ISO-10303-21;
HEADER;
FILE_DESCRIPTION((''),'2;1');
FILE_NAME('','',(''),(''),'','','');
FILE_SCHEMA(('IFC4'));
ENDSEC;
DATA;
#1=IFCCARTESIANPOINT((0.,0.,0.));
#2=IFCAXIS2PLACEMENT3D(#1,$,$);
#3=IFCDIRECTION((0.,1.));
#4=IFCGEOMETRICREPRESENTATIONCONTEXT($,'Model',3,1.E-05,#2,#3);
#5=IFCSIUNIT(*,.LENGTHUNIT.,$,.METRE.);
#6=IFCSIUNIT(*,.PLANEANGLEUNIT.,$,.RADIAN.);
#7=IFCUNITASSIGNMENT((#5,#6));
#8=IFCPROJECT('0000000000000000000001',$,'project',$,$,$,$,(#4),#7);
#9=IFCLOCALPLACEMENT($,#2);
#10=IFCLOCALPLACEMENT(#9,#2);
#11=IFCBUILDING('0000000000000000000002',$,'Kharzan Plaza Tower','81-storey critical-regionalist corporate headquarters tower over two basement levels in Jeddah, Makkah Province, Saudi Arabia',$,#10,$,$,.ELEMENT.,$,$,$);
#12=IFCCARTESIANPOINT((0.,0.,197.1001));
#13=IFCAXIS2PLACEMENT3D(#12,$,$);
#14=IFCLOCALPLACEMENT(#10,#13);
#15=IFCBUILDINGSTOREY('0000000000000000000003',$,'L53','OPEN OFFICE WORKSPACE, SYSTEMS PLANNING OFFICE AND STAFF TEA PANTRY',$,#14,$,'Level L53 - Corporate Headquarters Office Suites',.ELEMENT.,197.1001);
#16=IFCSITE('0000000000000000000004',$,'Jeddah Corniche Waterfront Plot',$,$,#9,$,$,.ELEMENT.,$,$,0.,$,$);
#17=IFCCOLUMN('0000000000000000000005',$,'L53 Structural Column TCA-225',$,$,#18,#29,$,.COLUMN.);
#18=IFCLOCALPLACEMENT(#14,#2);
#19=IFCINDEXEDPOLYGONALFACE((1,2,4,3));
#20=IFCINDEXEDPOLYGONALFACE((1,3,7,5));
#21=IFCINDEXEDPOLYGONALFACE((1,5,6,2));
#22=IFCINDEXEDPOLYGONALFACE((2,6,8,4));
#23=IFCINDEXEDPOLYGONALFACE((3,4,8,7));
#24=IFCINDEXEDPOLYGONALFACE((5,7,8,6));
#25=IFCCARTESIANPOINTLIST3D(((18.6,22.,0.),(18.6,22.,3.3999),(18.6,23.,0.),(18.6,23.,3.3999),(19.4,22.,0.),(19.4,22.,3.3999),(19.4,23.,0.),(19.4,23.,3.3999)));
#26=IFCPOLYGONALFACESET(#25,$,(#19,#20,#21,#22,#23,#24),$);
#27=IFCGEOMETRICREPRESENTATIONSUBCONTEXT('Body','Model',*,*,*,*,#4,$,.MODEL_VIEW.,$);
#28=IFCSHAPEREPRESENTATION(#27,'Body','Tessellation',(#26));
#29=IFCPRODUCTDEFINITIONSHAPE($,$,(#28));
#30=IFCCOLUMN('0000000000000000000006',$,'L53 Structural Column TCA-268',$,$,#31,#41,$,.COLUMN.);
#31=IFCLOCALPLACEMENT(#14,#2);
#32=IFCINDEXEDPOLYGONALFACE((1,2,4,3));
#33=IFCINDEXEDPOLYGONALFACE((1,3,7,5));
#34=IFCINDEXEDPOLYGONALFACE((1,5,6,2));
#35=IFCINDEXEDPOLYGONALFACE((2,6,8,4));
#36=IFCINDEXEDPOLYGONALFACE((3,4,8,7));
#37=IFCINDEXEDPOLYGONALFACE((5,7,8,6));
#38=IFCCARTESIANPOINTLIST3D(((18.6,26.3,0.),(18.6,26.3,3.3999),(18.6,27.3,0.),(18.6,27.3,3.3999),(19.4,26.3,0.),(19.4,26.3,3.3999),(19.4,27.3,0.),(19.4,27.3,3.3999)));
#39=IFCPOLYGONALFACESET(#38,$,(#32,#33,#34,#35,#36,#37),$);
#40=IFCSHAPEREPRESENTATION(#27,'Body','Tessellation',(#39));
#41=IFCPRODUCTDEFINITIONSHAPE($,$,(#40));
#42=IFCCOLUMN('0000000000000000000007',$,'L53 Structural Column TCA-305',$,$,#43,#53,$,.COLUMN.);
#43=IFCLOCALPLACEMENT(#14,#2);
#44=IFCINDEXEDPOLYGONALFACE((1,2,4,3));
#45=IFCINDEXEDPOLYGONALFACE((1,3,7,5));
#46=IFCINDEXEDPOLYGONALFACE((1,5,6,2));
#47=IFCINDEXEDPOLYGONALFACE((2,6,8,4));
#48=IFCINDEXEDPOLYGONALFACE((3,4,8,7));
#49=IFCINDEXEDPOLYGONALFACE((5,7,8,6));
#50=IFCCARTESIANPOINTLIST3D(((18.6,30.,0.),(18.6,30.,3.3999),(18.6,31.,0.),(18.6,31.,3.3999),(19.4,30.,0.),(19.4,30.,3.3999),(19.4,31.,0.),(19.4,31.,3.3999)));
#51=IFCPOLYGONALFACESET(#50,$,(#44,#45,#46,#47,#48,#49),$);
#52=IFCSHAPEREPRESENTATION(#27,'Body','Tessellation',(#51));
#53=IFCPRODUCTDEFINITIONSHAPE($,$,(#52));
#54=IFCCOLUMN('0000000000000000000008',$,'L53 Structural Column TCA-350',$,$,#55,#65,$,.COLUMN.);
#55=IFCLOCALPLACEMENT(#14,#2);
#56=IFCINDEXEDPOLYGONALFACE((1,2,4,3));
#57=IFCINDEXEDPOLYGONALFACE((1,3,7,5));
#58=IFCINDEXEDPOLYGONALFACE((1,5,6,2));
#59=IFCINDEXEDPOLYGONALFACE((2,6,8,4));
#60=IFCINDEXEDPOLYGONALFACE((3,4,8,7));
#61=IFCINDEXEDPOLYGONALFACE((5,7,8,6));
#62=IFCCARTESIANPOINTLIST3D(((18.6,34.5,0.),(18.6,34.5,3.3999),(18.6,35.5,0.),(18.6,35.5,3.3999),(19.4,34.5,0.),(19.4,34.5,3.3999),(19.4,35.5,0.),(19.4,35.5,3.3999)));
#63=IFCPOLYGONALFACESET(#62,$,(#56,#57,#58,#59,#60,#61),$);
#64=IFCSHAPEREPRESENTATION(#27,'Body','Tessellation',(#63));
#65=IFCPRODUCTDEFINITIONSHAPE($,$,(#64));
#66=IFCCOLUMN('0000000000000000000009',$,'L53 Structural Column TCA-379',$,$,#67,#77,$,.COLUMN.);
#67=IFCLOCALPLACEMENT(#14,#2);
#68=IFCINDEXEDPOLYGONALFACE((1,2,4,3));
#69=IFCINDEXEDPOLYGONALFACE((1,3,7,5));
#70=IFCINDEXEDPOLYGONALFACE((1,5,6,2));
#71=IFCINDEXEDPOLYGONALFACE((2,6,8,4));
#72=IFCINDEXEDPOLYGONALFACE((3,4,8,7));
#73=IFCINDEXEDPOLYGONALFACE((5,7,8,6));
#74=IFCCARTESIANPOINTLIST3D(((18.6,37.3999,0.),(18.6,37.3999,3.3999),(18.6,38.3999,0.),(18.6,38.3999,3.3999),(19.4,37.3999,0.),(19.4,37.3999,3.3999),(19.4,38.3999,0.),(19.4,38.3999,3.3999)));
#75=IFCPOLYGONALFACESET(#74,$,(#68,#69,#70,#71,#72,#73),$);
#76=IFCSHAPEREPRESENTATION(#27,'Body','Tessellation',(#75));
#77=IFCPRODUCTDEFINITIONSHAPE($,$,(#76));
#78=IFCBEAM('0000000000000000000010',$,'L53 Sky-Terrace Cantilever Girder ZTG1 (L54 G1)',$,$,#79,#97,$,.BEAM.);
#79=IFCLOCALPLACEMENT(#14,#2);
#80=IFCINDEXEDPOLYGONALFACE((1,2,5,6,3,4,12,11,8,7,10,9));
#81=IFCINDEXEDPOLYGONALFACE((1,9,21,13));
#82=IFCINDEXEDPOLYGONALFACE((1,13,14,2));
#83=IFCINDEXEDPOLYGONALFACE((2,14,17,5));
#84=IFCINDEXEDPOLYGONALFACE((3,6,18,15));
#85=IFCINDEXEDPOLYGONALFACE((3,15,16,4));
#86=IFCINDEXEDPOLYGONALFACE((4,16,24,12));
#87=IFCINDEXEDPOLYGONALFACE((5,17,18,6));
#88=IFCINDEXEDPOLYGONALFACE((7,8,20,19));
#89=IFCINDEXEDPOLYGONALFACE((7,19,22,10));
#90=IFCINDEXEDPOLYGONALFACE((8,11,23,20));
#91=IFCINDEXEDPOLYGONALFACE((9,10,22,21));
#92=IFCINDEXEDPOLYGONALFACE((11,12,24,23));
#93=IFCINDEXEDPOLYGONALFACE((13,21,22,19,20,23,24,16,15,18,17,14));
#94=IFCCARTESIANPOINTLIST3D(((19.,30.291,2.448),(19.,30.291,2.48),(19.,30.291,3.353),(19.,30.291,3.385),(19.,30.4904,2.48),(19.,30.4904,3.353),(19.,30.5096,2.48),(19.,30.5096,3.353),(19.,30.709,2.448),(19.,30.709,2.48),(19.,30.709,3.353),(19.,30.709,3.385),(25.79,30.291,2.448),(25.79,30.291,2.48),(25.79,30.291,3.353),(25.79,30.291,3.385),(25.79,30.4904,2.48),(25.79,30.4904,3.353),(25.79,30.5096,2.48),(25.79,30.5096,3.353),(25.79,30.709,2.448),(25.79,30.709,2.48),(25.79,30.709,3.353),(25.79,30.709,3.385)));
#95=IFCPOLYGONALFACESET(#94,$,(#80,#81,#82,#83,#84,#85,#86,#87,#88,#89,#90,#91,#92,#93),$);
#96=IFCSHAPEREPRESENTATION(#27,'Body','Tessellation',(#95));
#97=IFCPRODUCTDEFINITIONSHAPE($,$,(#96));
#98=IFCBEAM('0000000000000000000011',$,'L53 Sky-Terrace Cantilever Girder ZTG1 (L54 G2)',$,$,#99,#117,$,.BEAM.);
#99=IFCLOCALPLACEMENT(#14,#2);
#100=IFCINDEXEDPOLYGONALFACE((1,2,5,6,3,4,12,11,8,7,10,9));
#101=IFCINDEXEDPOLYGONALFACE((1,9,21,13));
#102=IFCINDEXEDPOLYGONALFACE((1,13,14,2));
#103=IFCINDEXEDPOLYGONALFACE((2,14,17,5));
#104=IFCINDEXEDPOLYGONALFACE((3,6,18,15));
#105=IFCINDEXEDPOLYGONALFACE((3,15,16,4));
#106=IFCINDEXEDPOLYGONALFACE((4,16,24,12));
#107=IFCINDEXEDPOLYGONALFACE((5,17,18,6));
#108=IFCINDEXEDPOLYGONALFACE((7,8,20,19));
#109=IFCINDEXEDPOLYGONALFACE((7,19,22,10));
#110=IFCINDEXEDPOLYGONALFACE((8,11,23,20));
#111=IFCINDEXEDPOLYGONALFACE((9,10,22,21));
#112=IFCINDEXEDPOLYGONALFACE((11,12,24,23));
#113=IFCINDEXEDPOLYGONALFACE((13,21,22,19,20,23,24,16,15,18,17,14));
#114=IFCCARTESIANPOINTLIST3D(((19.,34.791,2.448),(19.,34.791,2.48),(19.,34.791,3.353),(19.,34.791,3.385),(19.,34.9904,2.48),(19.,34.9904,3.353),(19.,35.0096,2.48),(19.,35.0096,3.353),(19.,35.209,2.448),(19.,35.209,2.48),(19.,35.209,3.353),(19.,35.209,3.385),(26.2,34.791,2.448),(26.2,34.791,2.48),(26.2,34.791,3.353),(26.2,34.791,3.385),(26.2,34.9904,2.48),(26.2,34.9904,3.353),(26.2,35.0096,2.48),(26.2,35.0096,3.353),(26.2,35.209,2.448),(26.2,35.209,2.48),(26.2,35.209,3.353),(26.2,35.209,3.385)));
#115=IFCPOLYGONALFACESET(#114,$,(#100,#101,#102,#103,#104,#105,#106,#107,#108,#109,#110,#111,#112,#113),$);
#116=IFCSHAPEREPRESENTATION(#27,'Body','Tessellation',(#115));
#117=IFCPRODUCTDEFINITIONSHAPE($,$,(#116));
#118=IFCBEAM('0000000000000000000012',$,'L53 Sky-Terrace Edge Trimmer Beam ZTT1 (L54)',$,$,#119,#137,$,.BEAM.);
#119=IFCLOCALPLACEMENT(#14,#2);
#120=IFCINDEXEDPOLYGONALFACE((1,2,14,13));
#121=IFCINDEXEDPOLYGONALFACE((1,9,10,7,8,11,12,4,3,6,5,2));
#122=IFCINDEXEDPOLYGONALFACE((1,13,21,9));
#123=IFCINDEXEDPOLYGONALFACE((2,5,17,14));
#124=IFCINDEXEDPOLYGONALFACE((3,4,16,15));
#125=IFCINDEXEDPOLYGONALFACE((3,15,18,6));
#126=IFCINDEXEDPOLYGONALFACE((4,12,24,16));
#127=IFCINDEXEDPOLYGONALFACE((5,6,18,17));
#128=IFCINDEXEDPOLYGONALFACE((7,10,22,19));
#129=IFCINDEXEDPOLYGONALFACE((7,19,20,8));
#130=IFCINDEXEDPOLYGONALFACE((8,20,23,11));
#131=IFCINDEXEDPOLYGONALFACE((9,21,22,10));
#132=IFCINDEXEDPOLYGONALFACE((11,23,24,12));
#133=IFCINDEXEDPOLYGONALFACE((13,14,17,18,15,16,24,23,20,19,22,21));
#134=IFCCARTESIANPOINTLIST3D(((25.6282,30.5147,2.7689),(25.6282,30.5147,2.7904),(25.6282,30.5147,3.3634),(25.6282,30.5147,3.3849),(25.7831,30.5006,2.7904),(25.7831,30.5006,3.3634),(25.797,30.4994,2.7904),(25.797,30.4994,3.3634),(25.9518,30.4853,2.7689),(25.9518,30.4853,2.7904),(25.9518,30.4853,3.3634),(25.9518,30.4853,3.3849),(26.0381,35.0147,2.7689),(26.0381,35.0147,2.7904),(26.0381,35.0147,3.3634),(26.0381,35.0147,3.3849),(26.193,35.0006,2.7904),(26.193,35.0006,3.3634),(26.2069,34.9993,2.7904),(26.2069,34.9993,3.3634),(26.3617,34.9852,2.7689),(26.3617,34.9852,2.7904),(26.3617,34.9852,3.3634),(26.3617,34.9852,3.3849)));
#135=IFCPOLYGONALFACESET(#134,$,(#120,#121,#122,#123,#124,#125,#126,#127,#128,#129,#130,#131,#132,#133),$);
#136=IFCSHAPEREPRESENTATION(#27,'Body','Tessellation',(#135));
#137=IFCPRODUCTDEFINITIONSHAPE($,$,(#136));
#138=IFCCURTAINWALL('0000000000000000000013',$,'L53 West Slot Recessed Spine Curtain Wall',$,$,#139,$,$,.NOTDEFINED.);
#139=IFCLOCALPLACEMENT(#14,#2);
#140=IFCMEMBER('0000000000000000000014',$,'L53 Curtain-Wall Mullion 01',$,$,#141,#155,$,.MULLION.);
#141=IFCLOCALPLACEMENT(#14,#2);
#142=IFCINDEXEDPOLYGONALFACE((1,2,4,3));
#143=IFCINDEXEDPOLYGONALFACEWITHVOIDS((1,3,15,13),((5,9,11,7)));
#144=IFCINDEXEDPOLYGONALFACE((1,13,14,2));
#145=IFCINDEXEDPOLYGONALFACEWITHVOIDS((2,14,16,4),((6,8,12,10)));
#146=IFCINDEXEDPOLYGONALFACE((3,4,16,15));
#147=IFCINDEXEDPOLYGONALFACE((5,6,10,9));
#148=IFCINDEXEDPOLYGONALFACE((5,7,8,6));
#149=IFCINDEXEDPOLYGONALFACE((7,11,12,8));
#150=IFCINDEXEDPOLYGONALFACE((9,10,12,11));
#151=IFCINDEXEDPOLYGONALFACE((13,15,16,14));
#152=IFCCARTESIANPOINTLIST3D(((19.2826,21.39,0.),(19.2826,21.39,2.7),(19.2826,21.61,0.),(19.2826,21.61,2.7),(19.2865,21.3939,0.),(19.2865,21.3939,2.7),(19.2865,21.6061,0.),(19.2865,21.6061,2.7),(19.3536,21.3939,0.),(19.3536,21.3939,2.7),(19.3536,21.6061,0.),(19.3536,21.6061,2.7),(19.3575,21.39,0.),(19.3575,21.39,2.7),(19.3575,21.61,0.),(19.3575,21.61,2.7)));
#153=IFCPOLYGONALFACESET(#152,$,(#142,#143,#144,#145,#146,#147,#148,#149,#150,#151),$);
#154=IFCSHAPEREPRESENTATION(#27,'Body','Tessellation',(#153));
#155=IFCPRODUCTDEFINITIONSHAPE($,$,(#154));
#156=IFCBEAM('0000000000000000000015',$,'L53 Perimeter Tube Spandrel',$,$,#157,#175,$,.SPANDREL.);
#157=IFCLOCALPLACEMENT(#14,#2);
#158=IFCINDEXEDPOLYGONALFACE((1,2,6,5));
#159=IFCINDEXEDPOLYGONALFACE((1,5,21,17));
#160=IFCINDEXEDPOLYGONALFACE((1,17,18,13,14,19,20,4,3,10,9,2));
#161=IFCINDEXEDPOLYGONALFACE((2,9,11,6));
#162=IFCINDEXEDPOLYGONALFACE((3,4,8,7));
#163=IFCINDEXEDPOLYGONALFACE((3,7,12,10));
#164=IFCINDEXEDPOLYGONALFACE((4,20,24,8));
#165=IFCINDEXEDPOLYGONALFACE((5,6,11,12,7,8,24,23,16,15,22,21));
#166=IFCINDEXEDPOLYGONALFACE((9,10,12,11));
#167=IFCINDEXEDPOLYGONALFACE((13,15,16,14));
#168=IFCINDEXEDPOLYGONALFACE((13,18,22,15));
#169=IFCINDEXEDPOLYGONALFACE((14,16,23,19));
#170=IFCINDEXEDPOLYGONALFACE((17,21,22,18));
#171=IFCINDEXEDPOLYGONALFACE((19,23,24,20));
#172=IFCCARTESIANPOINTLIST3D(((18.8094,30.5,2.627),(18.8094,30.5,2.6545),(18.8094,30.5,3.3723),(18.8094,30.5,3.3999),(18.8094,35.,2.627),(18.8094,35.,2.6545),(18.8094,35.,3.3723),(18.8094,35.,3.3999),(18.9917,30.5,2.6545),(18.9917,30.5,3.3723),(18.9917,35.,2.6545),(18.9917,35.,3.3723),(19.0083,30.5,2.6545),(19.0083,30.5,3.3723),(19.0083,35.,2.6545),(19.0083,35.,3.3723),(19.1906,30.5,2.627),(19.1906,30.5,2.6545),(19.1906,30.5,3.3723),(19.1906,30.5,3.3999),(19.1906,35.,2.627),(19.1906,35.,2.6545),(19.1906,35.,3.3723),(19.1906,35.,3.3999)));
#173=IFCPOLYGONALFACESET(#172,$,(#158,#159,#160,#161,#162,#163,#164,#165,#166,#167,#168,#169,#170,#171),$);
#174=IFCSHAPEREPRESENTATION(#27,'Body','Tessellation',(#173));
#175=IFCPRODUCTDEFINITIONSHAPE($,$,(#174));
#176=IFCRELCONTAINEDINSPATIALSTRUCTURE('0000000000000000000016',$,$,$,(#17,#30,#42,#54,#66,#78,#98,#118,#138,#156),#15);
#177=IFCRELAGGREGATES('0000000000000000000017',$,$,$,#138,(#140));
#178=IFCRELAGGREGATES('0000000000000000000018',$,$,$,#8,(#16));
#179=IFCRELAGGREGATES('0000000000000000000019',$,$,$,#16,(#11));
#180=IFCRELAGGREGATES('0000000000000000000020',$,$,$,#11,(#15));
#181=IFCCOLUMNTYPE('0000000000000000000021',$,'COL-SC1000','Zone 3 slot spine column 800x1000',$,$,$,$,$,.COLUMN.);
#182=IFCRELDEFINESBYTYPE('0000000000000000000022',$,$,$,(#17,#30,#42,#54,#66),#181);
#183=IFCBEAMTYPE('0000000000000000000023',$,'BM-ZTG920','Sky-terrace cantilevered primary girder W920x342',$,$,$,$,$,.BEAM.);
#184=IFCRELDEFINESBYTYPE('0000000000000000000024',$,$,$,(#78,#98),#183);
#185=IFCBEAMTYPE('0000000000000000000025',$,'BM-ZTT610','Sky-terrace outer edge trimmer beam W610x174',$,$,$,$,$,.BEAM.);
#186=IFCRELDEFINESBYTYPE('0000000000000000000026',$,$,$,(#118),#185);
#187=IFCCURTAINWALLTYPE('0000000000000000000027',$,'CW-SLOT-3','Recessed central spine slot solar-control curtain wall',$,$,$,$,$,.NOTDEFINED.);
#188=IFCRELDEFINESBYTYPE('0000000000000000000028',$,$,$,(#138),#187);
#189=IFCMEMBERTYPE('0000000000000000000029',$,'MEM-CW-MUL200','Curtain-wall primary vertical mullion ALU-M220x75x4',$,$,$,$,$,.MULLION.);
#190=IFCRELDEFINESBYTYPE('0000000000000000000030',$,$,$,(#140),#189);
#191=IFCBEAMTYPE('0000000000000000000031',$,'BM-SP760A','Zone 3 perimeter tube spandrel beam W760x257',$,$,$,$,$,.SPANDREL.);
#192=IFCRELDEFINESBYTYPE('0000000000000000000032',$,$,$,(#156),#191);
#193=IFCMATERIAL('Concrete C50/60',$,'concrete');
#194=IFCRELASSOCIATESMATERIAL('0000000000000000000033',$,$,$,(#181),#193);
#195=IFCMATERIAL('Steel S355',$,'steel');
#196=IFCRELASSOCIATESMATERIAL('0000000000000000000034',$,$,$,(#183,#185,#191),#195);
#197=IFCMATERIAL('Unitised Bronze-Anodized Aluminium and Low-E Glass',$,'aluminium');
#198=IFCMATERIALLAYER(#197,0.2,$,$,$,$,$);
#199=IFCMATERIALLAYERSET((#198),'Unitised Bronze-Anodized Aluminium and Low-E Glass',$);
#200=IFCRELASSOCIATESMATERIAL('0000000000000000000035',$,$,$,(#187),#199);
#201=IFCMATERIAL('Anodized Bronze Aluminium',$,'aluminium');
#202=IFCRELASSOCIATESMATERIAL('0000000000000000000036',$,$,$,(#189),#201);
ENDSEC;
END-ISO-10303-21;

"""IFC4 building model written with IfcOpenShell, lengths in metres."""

from ifc_helpers import new_model, si_unit, direction, frame, origin, origin_2d, place, context, subcontext, project, spatial, rectangle, hollow_rectangle, i_section, extrude, source, transform, mapped, material, layer, layer_set, material_profile, profile_set, type_object, element, aggregate, save


model = new_model("IFC4")

# Units and contexts
model_context = context("Model", 3, precision=1e-05, world=origin(), true_north=direction((0.0, 1.0)))
body_context = subcontext(model_context, "Body", "Model", "MODEL_VIEW")
ifc_project = project(units=[si_unit("LENGTHUNIT", "METRE"), si_unit("PLANEANGLEUNIT", "RADIAN")], contexts=[model_context])

# Site, building, storey
site_placement = place(None, origin())
site = spatial("IfcSite", under=ifc_project, at=site_placement, Name="Jeddah Corniche Waterfront Plot", CompositionType="ELEMENT", RefElevation=0.0)
building_placement = place(site_placement, origin())
building = spatial("IfcBuilding", under=site, at=building_placement, Name="Kharzan Plaza Tower", Description="81-storey critical-regionalist corporate headquarters tower over two basement levels in Jeddah, Makkah Province, Saudi Arabia", CompositionType="ELEMENT")
storey_placement = place(building_placement, frame((0.0, 0.0, 197.1001)))
storey = spatial("IfcBuildingStorey", under=building, at=storey_placement, Name="L53", Description="OPEN OFFICE WORKSPACE, SYSTEMS PLANNING OFFICE AND STAFF TEA PANTRY", LongName="Level L53 - Corporate Headquarters Office Suites", CompositionType="ELEMENT", Elevation=197.1001)

# Columns
ifc_material_1 = material(Name="Concrete C50/60", Category="concrete")
ifc_material_profile_1 = material_profile(ifc_material_1, rectangle(XDim=0.8, YDim=1.0, at=origin_2d()), Name="RC-SC1000x800")
ifc_profile_set_1 = profile_set([ifc_material_profile_1], Name="Concrete C50/60")
column_type = type_object("IfcColumnType", Name="COL-SC1000", Description="Zone 3 slot spine column 800x1000", PredefinedType="COLUMN", material=ifc_profile_set_1)
shared_shape_1 = source(origin(), body_context, "Body", "SweptSolid", [
    extrude(rectangle(XDim=0.8, YDim=1.0, at=origin_2d()), origin(), (0.0, 0.0, 1.0), 3.3999),
])
for number, where, z_axis, x_axis, name in (
    (1, (19.0, 22.5, 0.0), (0.0, 0.0, 1.0), (1.0, 0.0, 0.0), "L53 Structural Column TCA-225"),
    (2, (19.0, 26.8, 0.0), (0.0, 0.0, 1.0), (1.0, 0.0, 0.0), "L53 Structural Column TCA-268"),
    (3, (19.0, 30.5, 0.0), (0.0, 0.0, 1.0), (1.0, 0.0, 0.0), "L53 Structural Column TCA-305"),
    (4, (19.0, 35.0, 0.0), (0.0, 0.0, 1.0), (1.0, 0.0, 0.0), "L53 Structural Column TCA-350"),
    (5, (19.0, 37.8999, 0.0), (0.0, 0.0, 1.0), (1.0, 0.0, 0.0), "L53 Structural Column TCA-379"),
):
    element("IfcColumn", number, at=place(storey_placement, frame(where, z_axis=z_axis, x_axis=x_axis)), inside=storey, type_object=column_type, Name=name, PredefinedType="COLUMN", context=body_context, shape_type="MappedRepresentation", body=[
        mapped(shared_shape_1, transform((0.0, 0.0, 0.0), x_axis=(1.0, 0.0, 0.0), y_axis=(0.0, 1.0, 0.0), z_axis=(0.0, 0.0, 1.0))),
    ])

# Beams
ifc_material_2 = material(Name="Steel S355", Category="steel")
ifc_material_profile_2 = material_profile(ifc_material_2, i_section(OverallWidth=0.418, OverallDepth=0.937, WebThickness=0.0193, FlangeThickness=0.032, at=origin_2d()), Name="W920x342")
ifc_profile_set_2 = profile_set([ifc_material_profile_2], Name="Steel S355")
beam_type_1 = type_object("IfcBeamType", Name="BM-ZTG920", Description="Sky-terrace cantilevered primary girder W920x342", PredefinedType="BEAM", material=ifc_profile_set_2)
shared_shape_2 = source(origin(), body_context, "Body", "SweptSolid", [
    extrude(i_section(OverallWidth=0.418, OverallDepth=0.937, WebThickness=0.0193, FlangeThickness=0.032, at=origin_2d()), origin(), (0.0, 0.0, 1.0), 6.79),
])
beam_1_placement = place(storey_placement, frame((19.0, 30.5, 2.9165), z_axis=(1.0, 0.0, 0.0), x_axis=(0.0, 1.0, 0.0)))
element("IfcBeam", 6, at=beam_1_placement, inside=storey, type_object=beam_type_1, Name="L53 Sky-Terrace Cantilever Girder ZTG1 (L54 G1)", PredefinedType="BEAM", context=body_context, shape_type="MappedRepresentation", body=[
    mapped(shared_shape_2, transform((0.0, 0.0, 0.0), x_axis=(1.0, 0.0, 0.0), y_axis=(0.0, 1.0, 0.0), z_axis=(0.0, 0.0, 1.0))),
])
shared_shape_3 = source(origin(), body_context, "Body", "SweptSolid", [
    extrude(i_section(OverallWidth=0.418, OverallDepth=0.937, WebThickness=0.0193, FlangeThickness=0.032, at=origin_2d()), origin(), (0.0, 0.0, 1.0), 7.2),
])
beam_2_placement = place(storey_placement, frame((19.0, 35.0, 2.9165), z_axis=(1.0, 0.0, 0.0), x_axis=(0.0, 1.0, 0.0)))
element("IfcBeam", 7, at=beam_2_placement, inside=storey, type_object=beam_type_1, Name="L53 Sky-Terrace Cantilever Girder ZTG1 (L54 G2)", PredefinedType="BEAM", context=body_context, shape_type="MappedRepresentation", body=[
    mapped(shared_shape_3, transform((0.0, 0.0, 0.0), x_axis=(1.0, 0.0, 0.0), y_axis=(0.0, 1.0, 0.0), z_axis=(0.0, 0.0, 1.0))),
])
ifc_material_profile_3 = material_profile(ifc_material_2, i_section(OverallWidth=0.325, OverallDepth=0.616, WebThickness=0.0139, FlangeThickness=0.0215, at=origin_2d()), Name="W610x174")
ifc_profile_set_3 = profile_set([ifc_material_profile_3], Name="Steel S355")
beam_type_2 = type_object("IfcBeamType", Name="BM-ZTT610", Description="Sky-terrace outer edge trimmer beam W610x174", PredefinedType="BEAM", material=ifc_profile_set_3)
shared_shape_4 = source(origin(), body_context, "Body", "SweptSolid", [
    extrude(i_section(OverallWidth=0.325, OverallDepth=0.616, WebThickness=0.0139, FlangeThickness=0.0215, at=origin_2d()), origin(), (0.0, 0.0, 1.0), 4.5186),
])
beam_3_placement = place(storey_placement, frame((25.79, 30.5, 3.0769), z_axis=(0.090716, 0.995877, 0.0), x_axis=(-0.995877, 0.090716, 0.0)))
element("IfcBeam", 8, at=beam_3_placement, inside=storey, type_object=beam_type_2, Name="L53 Sky-Terrace Edge Trimmer Beam ZTT1 (L54)", PredefinedType="BEAM", context=body_context, shape_type="MappedRepresentation", body=[
    mapped(shared_shape_4, transform((0.0, 0.0, 0.0), x_axis=(1.0, 0.0, 0.0), y_axis=(0.0, 1.0, 0.0), z_axis=(0.0, 0.0, 1.0))),
])

# Curtain wall, member
ifc_material_3 = material(Name="Unitised Bronze-Anodized Aluminium and Low-E Glass", Category="aluminium")
ifc_layer_1 = layer(ifc_material_3, 0.2)
ifc_layer_set_1 = layer_set([ifc_layer_1], Name="Unitised Bronze-Anodized Aluminium and Low-E Glass")
curtain_wall_type = type_object("IfcCurtainWallType", Name="CW-SLOT-3", Description="Recessed central spine slot solar-control curtain wall", PredefinedType="NOTDEFINED", material=ifc_layer_set_1)
curtain_wall_placement = place(storey_placement, origin())
curtain_wall = element("IfcCurtainWall", 9, at=curtain_wall_placement, inside=storey, type_object=curtain_wall_type, Name="L53 West Slot Recessed Spine Curtain Wall", PredefinedType="NOTDEFINED")
ifc_material_4 = material(Name="Anodized Bronze Aluminium", Category="aluminium")
ifc_material_profile_4 = material_profile(ifc_material_4, hollow_rectangle(XDim=0.075, YDim=0.22, WallThickness=0.0039, at=origin_2d()), Name="ALU-M220x75x4")
ifc_profile_set_4 = profile_set([ifc_material_profile_4], Name="Anodized Bronze Aluminium")
member_type = type_object("IfcMemberType", Name="MEM-CW-MUL200", Description="Curtain-wall primary vertical mullion ALU-M220x75x4", PredefinedType="MULLION", material=ifc_profile_set_4)
shared_shape_5 = source(origin(), body_context, "Body", "SweptSolid", [
    extrude(hollow_rectangle(XDim=0.075, YDim=0.22, WallThickness=0.0039, at=origin_2d()), origin(), (0.0, 0.0, 1.0), 2.7),
])
member_placement = place(storey_placement, frame((19.3201, 21.5, 0.0), z_axis=(0.0, 0.0, 1.0), x_axis=(1.0, 0.0, 0.0)))
member = element("IfcMember", 10, at=member_placement, type_object=member_type, Name="L53 Curtain-Wall Mullion 01", PredefinedType="MULLION", context=body_context, shape_type="MappedRepresentation", body=[
    mapped(shared_shape_5, transform((0.0, 0.0, 0.0), x_axis=(1.0, 0.0, 0.0), y_axis=(0.0, 1.0, 0.0), z_axis=(0.0, 0.0, 1.0))),
])
aggregate(curtain_wall, [member])

# Beam
ifc_material_profile_5 = material_profile(ifc_material_2, i_section(OverallWidth=0.3811, OverallDepth=0.7729, WebThickness=0.0166, FlangeThickness=0.0276, at=origin_2d()), Name="W760x257")
ifc_profile_set_5 = profile_set([ifc_material_profile_5], Name="Steel S355")
beam_type_3 = type_object("IfcBeamType", Name="BM-SP760A", Description="Zone 3 perimeter tube spandrel beam W760x257", PredefinedType="SPANDREL", material=ifc_profile_set_5)
shared_shape_6 = source(origin(), body_context, "Body", "SweptSolid", [
    extrude(i_section(OverallWidth=0.3811, OverallDepth=0.7729, WebThickness=0.0166, FlangeThickness=0.0276, at=origin_2d()), origin(), (0.0, 0.0, 1.0), 4.5),
])
beam_4_placement = place(storey_placement, frame((19.0, 30.5, 3.0134), z_axis=(0.0, 1.0, 0.0), x_axis=(-1.0, 0.0, 0.0)))
element("IfcBeam", 11, at=beam_4_placement, inside=storey, type_object=beam_type_3, Name="L53 Perimeter Tube Spandrel", PredefinedType="SPANDREL", context=body_context, shape_type="MappedRepresentation", body=[
    mapped(shared_shape_6, transform((0.0, 0.0, 0.0), x_axis=(1.0, 0.0, 0.0), y_axis=(0.0, 1.0, 0.0), z_axis=(0.0, 0.0, 1.0))),
])

save(model, "model.ifc")
